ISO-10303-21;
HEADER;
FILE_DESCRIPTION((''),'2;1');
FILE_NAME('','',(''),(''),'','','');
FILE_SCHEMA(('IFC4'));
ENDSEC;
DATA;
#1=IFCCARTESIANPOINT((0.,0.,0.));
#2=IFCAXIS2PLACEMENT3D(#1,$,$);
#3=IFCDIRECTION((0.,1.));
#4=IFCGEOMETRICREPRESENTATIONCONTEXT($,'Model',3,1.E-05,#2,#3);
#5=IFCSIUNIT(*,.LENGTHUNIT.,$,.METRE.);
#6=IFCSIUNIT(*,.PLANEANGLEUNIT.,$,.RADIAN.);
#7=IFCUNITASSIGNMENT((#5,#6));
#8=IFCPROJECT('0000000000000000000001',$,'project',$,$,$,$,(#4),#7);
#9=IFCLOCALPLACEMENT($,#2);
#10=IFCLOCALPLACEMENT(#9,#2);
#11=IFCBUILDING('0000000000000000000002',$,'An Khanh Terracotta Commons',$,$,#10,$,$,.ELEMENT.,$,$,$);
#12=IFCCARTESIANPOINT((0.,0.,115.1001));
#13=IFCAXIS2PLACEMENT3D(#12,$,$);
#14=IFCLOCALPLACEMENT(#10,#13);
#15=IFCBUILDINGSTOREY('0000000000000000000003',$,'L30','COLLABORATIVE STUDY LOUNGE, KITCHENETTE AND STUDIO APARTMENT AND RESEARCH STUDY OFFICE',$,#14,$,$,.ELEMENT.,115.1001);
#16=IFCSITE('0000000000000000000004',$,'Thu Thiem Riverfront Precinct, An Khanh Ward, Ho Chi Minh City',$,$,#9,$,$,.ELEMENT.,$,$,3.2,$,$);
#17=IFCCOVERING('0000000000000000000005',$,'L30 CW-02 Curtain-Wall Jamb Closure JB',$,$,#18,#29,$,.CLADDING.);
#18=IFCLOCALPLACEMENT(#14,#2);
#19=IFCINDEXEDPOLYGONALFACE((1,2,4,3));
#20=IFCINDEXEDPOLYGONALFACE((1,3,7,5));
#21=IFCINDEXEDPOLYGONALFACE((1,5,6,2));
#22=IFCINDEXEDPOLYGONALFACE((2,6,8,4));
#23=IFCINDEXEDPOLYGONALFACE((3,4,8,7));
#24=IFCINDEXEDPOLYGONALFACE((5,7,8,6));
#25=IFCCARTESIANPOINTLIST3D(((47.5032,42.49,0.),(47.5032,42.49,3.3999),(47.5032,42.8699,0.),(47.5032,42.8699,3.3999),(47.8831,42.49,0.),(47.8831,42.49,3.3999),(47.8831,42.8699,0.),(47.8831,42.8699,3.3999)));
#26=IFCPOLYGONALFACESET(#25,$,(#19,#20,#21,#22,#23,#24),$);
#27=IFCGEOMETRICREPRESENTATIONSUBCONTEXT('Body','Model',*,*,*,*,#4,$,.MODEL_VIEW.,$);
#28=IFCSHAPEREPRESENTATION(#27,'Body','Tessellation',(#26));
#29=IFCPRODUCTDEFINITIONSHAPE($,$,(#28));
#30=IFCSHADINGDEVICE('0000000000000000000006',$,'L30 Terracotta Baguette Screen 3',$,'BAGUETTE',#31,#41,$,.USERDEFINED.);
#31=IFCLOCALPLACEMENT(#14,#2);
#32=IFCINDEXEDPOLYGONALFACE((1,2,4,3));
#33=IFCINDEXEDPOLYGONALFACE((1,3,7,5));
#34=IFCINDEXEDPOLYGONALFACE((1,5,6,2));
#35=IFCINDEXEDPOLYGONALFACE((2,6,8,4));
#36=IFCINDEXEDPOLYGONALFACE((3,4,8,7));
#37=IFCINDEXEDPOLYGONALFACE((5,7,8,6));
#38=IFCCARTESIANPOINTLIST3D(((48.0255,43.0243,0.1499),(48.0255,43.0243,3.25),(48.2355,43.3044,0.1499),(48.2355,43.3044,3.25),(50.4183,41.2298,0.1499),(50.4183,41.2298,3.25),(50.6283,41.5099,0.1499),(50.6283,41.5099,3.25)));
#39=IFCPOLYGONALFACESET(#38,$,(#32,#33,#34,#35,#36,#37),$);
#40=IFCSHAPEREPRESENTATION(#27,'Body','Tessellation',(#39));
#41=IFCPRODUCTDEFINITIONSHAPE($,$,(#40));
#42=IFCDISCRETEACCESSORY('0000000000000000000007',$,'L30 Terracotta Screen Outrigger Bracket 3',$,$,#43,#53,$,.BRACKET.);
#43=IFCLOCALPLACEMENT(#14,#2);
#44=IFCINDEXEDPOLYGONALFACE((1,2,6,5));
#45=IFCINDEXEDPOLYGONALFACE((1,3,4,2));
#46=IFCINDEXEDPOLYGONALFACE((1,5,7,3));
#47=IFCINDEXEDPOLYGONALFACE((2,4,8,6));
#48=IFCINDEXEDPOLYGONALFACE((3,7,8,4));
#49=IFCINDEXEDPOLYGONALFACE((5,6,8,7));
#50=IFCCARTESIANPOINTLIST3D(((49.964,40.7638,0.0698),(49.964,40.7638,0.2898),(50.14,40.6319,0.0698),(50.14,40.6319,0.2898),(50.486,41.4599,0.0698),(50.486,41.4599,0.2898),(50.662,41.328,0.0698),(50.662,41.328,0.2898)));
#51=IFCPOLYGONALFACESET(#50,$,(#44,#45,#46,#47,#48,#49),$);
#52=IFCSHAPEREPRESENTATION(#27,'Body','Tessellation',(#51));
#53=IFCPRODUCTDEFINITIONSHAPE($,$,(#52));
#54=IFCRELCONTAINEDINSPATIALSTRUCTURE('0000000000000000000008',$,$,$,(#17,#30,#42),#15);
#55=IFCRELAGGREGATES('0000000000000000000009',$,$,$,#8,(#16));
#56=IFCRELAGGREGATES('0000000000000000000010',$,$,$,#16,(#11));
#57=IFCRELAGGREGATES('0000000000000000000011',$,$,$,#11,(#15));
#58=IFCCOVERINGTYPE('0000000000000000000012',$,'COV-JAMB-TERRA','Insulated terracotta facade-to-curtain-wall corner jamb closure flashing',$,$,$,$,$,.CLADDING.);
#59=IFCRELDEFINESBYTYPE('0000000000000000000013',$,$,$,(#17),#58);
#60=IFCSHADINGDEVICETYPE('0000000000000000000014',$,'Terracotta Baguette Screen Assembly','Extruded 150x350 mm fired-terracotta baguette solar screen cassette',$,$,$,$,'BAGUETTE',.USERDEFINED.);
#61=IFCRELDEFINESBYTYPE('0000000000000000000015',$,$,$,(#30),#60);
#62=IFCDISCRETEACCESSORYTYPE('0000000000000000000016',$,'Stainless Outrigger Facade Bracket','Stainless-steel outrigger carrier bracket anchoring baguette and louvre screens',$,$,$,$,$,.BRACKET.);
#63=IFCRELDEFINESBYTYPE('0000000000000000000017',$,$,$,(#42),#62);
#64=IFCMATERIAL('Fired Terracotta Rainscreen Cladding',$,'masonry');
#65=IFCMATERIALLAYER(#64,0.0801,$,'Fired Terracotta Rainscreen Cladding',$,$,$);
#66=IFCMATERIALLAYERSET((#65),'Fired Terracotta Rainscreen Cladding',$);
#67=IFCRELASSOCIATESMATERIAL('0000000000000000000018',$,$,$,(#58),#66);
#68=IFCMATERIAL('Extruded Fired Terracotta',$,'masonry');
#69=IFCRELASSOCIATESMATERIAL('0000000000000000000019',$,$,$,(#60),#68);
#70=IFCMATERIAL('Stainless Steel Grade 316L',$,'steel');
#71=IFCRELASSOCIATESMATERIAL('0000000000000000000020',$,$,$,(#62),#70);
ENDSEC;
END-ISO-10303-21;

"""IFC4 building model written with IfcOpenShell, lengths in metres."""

from ifc_helpers import new_model, si_unit, direction, frame, origin, origin_2d, place, context, subcontext, project, spatial, rectangle, extrude, material, layer, layer_set, type_object, element, save


model = new_model("IFC4")

# Units and contexts
model_context = context("Model", 3, precision=1e-05, world=origin(), true_north=direction((0.0, 1.0)))
body_context = subcontext(model_context, "Body", "Model", "MODEL_VIEW")
ifc_project = project(units=[si_unit("LENGTHUNIT", "METRE"), si_unit("PLANEANGLEUNIT", "RADIAN")], contexts=[model_context])

# Site, building, storey
site_placement = place(None, origin())
site = spatial("IfcSite", under=ifc_project, at=site_placement, Name="Thu Thiem Riverfront Precinct, An Khanh Ward, Ho Chi Minh City", CompositionType="ELEMENT", RefElevation=3.2)
building_placement = place(site_placement, origin())
building = spatial("IfcBuilding", under=site, at=building_placement, Name="An Khanh Terracotta Commons", CompositionType="ELEMENT")
storey_placement = place(building_placement, frame((0.0, 0.0, 115.1001)))
storey = spatial("IfcBuildingStorey", under=building, at=storey_placement, Name="L30", Description="COLLABORATIVE STUDY LOUNGE, KITCHENETTE AND STUDIO APARTMENT AND RESEARCH STUDY OFFICE", CompositionType="ELEMENT", Elevation=115.1001)

# Covering
ifc_material_1 = material(Name="Fired Terracotta Rainscreen Cladding", Category="masonry")
ifc_layer_1 = layer(ifc_material_1, 0.0801, Name="Fired Terracotta Rainscreen Cladding")
ifc_layer_set_1 = layer_set([ifc_layer_1], Name="Fired Terracotta Rainscreen Cladding")
covering_type = type_object("IfcCoveringType", Name="COV-JAMB-TERRA", Description="Insulated terracotta facade-to-curtain-wall corner jamb closure flashing", PredefinedType="CLADDING", material=ifc_layer_set_1)
covering_placement = place(storey_placement, frame((47.6931, 42.6799, 0.0), z_axis=(0.0, 0.0, 1.0), x_axis=(1.0, 0.0, 0.0)))
element("IfcCovering", 1, at=covering_placement, inside=storey, type_object=covering_type, Name="L30 CW-02 Curtain-Wall Jamb Closure JB", PredefinedType="CLADDING", context=body_context, shape_type="SweptSolid", body=[
    extrude(rectangle(XDim=0.3799, YDim=0.3799, at=origin_2d()), origin(), (0.0, 0.0, 1.0), 3.3999),
])

# Shading device
ifc_material_2 = material(Name="Extruded Fired Terracotta", Category="masonry")
shading_device_type = type_object("IfcShadingDeviceType", Name="Terracotta Baguette Screen Assembly", Description="Extruded 150x350 mm fired-terracotta baguette solar screen cassette", ElementType="BAGUETTE", PredefinedType="USERDEFINED", material=ifc_material_2)
shading_device_placement = place(storey_placement, frame((49.3269, 42.2671, 0.1499), z_axis=(0.0, 0.0, 1.0), x_axis=(-0.800013, 0.599983, 0.0)))
element("IfcShadingDevice", 2, at=shading_device_placement, inside=storey, type_object=shading_device_type, Name="L30 Terracotta Baguette Screen 3", ObjectType="BAGUETTE", PredefinedType="USERDEFINED", context=body_context, shape_type="SweptSolid", body=[
    extrude(rectangle(XDim=2.991, YDim=0.3501, at=origin_2d()), origin(), (0.0, 0.0, 1.0), 3.1001),
])

# Discrete accessory
ifc_material_3 = material(Name="Stainless Steel Grade 316L", Category="steel")
discrete_accessory_type = type_object("IfcDiscreteAccessoryType", Name="Stainless Outrigger Facade Bracket", Description="Stainless-steel outrigger carrier bracket anchoring baguette and louvre screens", PredefinedType="BRACKET", material=ifc_material_3)
discrete_accessory_placement = place(storey_placement, frame((50.313, 41.0459, 0.0698), z_axis=(0.0, 0.0, 1.0), x_axis=(-0.800013, 0.599983, 0.0)))
element("IfcDiscreteAccessory", 3, at=discrete_accessory_placement, inside=storey, type_object=discrete_accessory_type, Name="L30 Terracotta Screen Outrigger Bracket 3", PredefinedType="BRACKET", context=body_context, shape_type="SweptSolid", body=[
    extrude(rectangle(XDim=0.22, YDim=0.8701, at=origin_2d()), origin(), (0.0, 0.0, 1.0), 0.22),
])

save(model, "model.ifc")
